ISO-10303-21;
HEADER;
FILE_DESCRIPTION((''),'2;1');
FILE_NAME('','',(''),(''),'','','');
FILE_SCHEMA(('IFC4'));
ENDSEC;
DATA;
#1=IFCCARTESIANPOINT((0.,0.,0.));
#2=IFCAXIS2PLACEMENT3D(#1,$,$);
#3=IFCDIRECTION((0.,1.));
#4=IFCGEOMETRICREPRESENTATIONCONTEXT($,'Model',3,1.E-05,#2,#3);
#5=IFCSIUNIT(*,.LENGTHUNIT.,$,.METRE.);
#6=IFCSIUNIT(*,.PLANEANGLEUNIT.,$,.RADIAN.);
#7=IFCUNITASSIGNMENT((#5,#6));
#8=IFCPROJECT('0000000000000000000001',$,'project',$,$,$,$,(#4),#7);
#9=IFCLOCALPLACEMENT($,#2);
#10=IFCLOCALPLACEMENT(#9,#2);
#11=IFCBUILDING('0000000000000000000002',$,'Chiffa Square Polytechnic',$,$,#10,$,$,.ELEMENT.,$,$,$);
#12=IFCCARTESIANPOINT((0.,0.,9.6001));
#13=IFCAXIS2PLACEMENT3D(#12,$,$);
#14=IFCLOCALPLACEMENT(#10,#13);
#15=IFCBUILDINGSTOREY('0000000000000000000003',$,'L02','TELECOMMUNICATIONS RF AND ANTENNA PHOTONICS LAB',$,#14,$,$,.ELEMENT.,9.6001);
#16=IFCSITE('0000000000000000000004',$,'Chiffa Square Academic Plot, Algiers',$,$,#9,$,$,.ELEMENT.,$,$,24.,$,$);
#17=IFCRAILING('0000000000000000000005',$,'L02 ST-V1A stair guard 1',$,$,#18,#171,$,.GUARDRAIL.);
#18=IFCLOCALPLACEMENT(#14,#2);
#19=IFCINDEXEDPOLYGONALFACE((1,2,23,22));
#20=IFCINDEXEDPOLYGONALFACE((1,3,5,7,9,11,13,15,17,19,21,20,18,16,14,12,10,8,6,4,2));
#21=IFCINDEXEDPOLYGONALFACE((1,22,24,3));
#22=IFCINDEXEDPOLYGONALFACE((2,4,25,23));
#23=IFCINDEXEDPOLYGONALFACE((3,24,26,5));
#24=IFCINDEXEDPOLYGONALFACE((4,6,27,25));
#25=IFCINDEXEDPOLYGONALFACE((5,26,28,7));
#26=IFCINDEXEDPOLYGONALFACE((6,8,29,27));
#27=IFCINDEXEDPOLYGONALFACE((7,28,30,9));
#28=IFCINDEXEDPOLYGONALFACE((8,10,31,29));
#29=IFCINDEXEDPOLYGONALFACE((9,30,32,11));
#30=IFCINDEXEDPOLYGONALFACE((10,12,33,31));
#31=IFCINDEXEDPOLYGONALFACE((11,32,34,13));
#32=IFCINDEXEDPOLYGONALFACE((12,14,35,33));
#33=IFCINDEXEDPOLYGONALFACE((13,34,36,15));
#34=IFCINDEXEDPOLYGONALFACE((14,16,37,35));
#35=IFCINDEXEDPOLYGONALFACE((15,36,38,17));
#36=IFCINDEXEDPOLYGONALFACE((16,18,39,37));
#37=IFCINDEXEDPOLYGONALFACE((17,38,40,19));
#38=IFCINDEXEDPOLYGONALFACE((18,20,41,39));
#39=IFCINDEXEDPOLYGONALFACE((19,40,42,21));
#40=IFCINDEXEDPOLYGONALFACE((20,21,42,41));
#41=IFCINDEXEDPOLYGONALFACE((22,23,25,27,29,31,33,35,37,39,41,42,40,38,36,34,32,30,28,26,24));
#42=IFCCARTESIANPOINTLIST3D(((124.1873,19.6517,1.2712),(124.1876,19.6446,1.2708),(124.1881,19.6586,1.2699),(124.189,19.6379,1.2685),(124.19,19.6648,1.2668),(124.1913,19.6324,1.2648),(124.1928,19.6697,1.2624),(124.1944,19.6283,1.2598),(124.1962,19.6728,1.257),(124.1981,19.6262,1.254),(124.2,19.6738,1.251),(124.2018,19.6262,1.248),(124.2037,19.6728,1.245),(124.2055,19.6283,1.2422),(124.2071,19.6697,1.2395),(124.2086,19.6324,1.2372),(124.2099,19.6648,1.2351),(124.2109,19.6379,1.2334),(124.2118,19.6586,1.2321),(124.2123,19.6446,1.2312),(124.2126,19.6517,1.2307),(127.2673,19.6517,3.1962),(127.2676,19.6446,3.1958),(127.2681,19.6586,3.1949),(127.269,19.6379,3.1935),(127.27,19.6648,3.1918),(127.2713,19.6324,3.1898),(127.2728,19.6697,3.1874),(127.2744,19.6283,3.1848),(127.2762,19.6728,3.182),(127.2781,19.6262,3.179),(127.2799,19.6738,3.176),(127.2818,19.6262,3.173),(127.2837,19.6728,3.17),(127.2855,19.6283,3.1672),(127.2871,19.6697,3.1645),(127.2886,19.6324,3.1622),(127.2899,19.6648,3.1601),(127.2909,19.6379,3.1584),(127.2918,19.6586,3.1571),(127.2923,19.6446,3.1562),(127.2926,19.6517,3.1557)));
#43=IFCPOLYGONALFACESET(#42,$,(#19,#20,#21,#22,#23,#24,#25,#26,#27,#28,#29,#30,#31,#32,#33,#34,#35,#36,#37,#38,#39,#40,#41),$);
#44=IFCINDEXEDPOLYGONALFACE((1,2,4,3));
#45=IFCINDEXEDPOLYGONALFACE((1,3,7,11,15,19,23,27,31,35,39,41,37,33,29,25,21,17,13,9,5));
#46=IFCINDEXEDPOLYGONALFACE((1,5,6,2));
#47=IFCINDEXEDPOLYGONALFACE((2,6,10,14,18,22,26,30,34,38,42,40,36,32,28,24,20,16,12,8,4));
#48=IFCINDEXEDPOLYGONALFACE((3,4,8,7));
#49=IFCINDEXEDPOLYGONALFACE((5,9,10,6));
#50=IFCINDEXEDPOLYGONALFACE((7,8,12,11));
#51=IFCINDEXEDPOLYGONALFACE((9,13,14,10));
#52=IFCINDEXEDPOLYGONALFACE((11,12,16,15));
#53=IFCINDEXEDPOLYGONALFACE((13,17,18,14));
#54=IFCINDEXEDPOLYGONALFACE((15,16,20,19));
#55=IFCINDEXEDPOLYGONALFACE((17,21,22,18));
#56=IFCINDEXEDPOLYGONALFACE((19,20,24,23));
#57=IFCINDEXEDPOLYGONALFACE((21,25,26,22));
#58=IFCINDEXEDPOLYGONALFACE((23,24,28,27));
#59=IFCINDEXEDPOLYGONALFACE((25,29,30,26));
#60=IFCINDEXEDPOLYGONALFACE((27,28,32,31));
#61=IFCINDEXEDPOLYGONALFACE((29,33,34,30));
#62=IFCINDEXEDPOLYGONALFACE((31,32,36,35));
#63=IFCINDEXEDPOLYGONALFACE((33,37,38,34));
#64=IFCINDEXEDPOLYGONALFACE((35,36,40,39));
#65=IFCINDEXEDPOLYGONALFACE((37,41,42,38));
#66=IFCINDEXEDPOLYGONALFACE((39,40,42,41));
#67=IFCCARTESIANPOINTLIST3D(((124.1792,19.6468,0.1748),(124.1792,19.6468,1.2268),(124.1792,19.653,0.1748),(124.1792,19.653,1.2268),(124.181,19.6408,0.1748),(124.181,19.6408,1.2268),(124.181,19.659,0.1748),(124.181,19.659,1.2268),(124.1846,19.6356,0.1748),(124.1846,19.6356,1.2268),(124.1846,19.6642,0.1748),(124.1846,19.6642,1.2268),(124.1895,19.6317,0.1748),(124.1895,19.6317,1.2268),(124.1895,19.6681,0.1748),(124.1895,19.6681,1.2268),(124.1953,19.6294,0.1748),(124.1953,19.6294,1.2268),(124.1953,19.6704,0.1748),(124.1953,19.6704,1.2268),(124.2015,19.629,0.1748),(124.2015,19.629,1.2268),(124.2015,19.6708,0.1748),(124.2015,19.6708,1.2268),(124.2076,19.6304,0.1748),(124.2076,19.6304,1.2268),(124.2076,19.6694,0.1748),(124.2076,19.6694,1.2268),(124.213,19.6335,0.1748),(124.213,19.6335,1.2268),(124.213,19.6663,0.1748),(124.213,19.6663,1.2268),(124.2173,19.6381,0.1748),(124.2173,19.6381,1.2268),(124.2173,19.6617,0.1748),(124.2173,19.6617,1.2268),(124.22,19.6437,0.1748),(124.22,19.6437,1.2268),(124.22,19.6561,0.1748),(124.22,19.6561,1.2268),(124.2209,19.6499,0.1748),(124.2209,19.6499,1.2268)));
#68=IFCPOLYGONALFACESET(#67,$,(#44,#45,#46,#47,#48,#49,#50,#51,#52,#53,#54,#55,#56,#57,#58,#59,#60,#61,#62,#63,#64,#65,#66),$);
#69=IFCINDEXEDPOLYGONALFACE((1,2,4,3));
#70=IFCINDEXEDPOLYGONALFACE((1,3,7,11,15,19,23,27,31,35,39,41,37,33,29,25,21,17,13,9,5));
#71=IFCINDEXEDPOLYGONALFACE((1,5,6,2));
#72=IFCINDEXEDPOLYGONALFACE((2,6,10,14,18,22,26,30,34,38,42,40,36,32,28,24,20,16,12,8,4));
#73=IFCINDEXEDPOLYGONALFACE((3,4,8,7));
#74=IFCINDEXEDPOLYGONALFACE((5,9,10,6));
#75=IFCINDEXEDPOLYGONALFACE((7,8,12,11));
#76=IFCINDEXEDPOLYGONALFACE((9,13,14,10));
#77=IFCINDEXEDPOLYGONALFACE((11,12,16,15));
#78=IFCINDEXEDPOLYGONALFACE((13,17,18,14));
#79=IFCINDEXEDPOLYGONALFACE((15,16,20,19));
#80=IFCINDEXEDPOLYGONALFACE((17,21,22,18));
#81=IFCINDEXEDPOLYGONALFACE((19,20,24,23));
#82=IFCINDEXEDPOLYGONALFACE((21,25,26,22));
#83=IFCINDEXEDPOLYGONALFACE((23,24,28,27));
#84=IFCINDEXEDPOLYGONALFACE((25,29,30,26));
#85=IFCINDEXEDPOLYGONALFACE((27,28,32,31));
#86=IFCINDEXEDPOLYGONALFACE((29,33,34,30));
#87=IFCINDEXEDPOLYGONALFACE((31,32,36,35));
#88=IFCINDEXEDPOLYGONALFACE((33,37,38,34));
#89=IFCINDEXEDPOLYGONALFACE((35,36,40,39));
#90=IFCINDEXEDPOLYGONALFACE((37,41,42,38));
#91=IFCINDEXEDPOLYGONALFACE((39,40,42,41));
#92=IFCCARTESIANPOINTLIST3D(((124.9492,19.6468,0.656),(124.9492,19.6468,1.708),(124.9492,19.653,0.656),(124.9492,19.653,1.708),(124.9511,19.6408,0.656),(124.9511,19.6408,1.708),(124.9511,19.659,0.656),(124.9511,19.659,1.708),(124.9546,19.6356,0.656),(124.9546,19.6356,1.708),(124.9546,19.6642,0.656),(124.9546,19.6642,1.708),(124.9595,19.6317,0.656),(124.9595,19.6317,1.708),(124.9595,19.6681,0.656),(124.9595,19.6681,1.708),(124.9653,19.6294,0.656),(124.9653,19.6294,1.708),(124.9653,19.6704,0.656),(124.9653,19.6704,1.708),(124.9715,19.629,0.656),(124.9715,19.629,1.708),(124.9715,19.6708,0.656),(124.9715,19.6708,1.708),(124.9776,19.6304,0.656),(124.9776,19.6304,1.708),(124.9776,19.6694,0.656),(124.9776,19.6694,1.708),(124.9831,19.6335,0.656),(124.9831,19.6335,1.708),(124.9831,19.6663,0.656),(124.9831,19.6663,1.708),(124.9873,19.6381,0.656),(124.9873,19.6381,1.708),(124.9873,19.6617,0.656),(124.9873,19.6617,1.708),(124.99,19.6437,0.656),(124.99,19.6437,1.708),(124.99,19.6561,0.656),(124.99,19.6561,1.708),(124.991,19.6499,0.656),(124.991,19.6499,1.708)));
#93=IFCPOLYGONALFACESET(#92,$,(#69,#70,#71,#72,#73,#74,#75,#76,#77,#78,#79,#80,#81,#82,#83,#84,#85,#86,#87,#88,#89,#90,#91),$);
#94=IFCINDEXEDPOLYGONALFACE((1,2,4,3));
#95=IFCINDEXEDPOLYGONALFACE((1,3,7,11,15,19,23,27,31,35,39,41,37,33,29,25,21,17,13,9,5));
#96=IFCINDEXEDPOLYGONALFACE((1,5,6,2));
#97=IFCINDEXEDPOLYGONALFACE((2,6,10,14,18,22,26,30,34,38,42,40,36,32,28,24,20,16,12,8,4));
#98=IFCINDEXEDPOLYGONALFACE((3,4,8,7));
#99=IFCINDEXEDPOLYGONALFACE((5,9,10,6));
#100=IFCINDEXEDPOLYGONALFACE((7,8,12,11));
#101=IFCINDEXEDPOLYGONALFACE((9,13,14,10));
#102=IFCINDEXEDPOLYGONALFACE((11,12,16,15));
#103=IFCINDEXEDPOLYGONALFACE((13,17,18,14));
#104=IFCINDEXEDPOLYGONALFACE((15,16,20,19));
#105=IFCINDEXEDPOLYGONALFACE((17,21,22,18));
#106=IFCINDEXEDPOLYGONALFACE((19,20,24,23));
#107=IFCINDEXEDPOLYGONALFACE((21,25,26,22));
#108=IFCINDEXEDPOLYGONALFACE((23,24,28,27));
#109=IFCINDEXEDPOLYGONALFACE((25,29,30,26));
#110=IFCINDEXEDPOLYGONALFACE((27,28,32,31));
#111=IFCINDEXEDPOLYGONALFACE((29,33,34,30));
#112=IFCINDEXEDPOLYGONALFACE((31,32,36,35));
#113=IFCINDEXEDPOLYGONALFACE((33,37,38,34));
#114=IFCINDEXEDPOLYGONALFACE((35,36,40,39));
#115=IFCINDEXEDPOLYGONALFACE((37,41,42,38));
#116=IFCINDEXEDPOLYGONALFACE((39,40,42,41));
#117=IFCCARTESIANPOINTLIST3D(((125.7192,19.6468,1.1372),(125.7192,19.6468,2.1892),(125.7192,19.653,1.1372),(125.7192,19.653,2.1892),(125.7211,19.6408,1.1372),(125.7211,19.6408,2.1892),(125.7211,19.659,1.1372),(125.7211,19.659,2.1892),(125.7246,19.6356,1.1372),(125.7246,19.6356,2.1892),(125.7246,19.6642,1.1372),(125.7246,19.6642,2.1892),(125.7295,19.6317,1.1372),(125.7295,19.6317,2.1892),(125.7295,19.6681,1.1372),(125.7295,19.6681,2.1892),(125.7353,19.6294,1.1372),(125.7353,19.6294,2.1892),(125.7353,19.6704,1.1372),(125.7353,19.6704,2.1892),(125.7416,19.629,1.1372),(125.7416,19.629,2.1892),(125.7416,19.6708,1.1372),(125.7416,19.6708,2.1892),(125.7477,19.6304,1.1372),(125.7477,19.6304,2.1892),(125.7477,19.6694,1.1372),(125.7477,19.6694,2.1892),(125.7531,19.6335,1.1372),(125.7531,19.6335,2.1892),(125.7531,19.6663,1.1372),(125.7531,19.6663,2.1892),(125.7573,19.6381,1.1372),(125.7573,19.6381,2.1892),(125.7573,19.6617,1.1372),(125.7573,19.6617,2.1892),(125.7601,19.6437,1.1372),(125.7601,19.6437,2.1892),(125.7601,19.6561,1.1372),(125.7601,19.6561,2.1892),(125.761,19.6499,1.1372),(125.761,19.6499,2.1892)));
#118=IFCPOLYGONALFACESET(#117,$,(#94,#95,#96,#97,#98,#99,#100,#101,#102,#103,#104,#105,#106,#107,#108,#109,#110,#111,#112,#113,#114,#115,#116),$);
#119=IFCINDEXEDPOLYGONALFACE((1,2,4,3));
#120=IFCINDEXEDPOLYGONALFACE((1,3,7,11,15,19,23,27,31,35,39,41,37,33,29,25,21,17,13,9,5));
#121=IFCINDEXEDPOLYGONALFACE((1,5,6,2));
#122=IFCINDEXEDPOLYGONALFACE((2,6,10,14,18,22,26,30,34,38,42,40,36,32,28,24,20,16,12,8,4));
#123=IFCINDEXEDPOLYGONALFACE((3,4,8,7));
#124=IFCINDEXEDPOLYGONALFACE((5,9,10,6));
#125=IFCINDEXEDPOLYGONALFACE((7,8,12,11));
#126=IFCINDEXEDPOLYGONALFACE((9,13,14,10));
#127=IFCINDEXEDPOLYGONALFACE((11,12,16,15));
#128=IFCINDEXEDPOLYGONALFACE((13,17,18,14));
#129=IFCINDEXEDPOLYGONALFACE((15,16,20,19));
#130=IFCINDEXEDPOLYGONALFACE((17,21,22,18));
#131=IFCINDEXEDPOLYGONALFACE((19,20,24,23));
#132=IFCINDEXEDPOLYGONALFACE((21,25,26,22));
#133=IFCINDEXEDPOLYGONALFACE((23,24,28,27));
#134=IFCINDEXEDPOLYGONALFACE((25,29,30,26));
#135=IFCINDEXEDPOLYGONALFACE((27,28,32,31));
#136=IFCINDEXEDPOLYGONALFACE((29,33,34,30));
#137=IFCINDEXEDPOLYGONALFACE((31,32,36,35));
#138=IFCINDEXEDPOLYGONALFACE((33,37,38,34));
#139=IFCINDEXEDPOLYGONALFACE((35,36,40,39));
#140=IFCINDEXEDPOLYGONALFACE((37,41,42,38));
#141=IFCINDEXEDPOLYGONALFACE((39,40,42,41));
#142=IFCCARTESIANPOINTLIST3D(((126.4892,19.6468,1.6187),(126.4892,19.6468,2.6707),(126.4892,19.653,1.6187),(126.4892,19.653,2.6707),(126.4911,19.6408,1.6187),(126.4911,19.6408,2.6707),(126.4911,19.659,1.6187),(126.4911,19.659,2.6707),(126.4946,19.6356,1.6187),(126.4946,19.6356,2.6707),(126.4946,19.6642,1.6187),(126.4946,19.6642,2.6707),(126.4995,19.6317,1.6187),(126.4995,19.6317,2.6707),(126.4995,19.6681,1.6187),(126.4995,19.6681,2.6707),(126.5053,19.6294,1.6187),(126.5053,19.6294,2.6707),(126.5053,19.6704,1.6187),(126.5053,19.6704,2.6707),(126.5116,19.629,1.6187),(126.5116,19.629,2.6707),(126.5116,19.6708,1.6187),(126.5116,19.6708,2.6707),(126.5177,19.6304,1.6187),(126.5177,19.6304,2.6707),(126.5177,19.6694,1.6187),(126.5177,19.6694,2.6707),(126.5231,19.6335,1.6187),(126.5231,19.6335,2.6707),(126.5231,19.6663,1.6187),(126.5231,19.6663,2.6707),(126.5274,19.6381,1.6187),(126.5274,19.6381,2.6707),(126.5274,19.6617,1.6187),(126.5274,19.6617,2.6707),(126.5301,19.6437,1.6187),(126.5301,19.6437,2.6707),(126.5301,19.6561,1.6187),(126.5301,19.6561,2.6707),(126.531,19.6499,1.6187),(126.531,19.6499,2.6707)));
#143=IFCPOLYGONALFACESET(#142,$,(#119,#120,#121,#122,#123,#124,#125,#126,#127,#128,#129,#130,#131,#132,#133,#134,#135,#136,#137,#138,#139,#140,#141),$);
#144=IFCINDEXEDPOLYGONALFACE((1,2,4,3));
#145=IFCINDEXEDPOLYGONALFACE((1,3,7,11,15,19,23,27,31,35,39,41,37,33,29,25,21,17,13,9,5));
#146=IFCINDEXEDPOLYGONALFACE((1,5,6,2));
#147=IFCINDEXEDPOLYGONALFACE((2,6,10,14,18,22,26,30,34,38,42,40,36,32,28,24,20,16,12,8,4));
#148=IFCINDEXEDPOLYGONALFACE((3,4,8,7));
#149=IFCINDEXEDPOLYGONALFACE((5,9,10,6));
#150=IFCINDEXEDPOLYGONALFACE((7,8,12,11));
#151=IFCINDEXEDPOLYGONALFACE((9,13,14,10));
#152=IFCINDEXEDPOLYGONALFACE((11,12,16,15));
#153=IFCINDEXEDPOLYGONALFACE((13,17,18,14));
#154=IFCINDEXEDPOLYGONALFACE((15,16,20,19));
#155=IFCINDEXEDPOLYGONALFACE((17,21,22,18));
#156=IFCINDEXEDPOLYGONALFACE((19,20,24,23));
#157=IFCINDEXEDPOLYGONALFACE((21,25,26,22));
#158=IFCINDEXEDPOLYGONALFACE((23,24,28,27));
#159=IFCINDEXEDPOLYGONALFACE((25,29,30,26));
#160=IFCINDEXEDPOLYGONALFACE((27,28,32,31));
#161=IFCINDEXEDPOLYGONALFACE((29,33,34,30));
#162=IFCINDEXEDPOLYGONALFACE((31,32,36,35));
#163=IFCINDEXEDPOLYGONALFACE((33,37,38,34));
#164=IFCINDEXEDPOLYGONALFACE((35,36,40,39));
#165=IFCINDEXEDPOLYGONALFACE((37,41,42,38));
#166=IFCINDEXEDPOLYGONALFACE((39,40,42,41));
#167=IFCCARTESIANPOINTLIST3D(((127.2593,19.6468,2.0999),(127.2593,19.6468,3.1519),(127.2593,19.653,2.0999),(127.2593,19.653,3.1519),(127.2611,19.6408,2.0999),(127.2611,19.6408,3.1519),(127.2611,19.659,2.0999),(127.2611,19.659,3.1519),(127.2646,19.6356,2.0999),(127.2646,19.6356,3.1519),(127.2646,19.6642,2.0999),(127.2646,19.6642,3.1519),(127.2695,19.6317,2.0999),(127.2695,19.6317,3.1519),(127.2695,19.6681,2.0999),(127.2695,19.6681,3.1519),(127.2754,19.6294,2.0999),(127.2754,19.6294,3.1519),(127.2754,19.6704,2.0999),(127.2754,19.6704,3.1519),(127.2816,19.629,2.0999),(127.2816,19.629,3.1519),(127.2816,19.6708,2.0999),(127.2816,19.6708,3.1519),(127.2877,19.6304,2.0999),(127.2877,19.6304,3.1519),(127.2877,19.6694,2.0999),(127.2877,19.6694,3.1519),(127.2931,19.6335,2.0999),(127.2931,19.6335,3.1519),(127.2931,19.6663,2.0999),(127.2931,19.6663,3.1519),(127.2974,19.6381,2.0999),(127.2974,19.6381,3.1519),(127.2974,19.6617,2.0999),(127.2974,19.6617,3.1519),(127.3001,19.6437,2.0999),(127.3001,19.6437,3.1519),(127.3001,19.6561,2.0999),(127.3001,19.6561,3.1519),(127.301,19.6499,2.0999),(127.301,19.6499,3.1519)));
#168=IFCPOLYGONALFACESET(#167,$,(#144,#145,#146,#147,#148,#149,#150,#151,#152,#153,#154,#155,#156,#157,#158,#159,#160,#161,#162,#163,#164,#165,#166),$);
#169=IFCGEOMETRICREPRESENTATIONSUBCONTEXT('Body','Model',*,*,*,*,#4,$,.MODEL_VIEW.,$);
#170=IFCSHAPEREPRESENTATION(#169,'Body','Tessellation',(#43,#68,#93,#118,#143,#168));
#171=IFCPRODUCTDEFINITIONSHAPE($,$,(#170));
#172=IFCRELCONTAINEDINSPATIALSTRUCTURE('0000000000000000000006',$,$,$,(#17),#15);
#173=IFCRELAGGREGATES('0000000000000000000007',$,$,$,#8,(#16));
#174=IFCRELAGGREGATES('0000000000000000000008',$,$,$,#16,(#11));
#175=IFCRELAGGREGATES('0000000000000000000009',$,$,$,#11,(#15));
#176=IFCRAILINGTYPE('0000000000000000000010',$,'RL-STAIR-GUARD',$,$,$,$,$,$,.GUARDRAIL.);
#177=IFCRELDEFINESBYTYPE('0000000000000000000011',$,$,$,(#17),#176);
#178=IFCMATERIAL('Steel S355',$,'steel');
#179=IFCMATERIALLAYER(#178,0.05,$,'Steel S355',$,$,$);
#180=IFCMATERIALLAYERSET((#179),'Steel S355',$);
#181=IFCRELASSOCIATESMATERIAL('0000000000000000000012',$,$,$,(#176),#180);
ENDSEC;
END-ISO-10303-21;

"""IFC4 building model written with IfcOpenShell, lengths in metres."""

from ifc_helpers import new_model, si_unit, direction, frame, origin, origin_2d, place, context, subcontext, project, spatial, circle, extrude, material, layer, layer_set, type_object, element, save


model = new_model("IFC4")

# Units and contexts
model_context = context("Model", 3, precision=1e-05, world=origin(), true_north=direction((0.0, 1.0)))
body_context = subcontext(model_context, "Body", "Model", "MODEL_VIEW")
ifc_project = project(units=[si_unit("LENGTHUNIT", "METRE"), si_unit("PLANEANGLEUNIT", "RADIAN")], contexts=[model_context])

# Site, building, storey
site_placement = place(None, origin())
site = spatial("IfcSite", under=ifc_project, at=site_placement, Name="Chiffa Square Academic Plot, Algiers", CompositionType="ELEMENT", RefElevation=24.0)
building_placement = place(site_placement, origin())
building = spatial("IfcBuilding", under=site, at=building_placement, Name="Chiffa Square Polytechnic", CompositionType="ELEMENT")
storey_placement = place(building_placement, frame((0.0, 0.0, 9.6001)))
storey = spatial("IfcBuildingStorey", under=building, at=storey_placement, Name="L02", Description="TELECOMMUNICATIONS RF AND ANTENNA PHOTONICS LAB", CompositionType="ELEMENT", Elevation=9.6001)

# Railing
ifc_material_1 = material(Name="Steel S355", Category="steel")
ifc_layer_1 = layer(ifc_material_1, 0.05, Name="Steel S355")
ifc_layer_set_1 = layer_set([ifc_layer_1], Name="Steel S355")
railing_type_1 = type_object("IfcRailingType", Name="RL-STAIR-GUARD", PredefinedType="GUARDRAIL", material=ifc_layer_set_1)
railing_1_placement = place(storey_placement, frame((124.2, 19.6499, 0.1748)))
element("IfcRailing", 1, at=railing_1_placement, inside=storey, type_object=railing_type_1, Name="L02 ST-V1A stair guard 1", PredefinedType="GUARDRAIL", context=body_context, shape_type="SweptSolid", body=[
    extrude(circle(Radius=0.0239, at=origin_2d()), frame((0.0, 0.0, 1.0762), z_axis=(0.847998, 0.0, 0.529999), x_axis=(0.0, 1.0, 0.0)), (0.0, 0.0, 1.0), 3.6321),
    extrude(circle(Radius=0.021, at=origin_2d()), origin(), (0.0, 0.0, 1.0), 1.052),
    extrude(circle(Radius=0.021, at=origin_2d()), frame((0.77, 0.0, 0.4812)), (0.0, 0.0, 1.0), 1.052),
    extrude(circle(Radius=0.021, at=origin_2d()), frame((1.54, 0.0, 0.9624)), (0.0, 0.0, 1.0), 1.052),
    extrude(circle(Radius=0.021, at=origin_2d()), frame((2.3101, 0.0, 1.4438)), (0.0, 0.0, 1.0), 1.052),
    extrude(circle(Radius=0.021, at=origin_2d()), frame((3.0801, 0.0, 1.925)), (0.0, 0.0, 1.0), 1.052),
])

save(model, "model.ifc")
